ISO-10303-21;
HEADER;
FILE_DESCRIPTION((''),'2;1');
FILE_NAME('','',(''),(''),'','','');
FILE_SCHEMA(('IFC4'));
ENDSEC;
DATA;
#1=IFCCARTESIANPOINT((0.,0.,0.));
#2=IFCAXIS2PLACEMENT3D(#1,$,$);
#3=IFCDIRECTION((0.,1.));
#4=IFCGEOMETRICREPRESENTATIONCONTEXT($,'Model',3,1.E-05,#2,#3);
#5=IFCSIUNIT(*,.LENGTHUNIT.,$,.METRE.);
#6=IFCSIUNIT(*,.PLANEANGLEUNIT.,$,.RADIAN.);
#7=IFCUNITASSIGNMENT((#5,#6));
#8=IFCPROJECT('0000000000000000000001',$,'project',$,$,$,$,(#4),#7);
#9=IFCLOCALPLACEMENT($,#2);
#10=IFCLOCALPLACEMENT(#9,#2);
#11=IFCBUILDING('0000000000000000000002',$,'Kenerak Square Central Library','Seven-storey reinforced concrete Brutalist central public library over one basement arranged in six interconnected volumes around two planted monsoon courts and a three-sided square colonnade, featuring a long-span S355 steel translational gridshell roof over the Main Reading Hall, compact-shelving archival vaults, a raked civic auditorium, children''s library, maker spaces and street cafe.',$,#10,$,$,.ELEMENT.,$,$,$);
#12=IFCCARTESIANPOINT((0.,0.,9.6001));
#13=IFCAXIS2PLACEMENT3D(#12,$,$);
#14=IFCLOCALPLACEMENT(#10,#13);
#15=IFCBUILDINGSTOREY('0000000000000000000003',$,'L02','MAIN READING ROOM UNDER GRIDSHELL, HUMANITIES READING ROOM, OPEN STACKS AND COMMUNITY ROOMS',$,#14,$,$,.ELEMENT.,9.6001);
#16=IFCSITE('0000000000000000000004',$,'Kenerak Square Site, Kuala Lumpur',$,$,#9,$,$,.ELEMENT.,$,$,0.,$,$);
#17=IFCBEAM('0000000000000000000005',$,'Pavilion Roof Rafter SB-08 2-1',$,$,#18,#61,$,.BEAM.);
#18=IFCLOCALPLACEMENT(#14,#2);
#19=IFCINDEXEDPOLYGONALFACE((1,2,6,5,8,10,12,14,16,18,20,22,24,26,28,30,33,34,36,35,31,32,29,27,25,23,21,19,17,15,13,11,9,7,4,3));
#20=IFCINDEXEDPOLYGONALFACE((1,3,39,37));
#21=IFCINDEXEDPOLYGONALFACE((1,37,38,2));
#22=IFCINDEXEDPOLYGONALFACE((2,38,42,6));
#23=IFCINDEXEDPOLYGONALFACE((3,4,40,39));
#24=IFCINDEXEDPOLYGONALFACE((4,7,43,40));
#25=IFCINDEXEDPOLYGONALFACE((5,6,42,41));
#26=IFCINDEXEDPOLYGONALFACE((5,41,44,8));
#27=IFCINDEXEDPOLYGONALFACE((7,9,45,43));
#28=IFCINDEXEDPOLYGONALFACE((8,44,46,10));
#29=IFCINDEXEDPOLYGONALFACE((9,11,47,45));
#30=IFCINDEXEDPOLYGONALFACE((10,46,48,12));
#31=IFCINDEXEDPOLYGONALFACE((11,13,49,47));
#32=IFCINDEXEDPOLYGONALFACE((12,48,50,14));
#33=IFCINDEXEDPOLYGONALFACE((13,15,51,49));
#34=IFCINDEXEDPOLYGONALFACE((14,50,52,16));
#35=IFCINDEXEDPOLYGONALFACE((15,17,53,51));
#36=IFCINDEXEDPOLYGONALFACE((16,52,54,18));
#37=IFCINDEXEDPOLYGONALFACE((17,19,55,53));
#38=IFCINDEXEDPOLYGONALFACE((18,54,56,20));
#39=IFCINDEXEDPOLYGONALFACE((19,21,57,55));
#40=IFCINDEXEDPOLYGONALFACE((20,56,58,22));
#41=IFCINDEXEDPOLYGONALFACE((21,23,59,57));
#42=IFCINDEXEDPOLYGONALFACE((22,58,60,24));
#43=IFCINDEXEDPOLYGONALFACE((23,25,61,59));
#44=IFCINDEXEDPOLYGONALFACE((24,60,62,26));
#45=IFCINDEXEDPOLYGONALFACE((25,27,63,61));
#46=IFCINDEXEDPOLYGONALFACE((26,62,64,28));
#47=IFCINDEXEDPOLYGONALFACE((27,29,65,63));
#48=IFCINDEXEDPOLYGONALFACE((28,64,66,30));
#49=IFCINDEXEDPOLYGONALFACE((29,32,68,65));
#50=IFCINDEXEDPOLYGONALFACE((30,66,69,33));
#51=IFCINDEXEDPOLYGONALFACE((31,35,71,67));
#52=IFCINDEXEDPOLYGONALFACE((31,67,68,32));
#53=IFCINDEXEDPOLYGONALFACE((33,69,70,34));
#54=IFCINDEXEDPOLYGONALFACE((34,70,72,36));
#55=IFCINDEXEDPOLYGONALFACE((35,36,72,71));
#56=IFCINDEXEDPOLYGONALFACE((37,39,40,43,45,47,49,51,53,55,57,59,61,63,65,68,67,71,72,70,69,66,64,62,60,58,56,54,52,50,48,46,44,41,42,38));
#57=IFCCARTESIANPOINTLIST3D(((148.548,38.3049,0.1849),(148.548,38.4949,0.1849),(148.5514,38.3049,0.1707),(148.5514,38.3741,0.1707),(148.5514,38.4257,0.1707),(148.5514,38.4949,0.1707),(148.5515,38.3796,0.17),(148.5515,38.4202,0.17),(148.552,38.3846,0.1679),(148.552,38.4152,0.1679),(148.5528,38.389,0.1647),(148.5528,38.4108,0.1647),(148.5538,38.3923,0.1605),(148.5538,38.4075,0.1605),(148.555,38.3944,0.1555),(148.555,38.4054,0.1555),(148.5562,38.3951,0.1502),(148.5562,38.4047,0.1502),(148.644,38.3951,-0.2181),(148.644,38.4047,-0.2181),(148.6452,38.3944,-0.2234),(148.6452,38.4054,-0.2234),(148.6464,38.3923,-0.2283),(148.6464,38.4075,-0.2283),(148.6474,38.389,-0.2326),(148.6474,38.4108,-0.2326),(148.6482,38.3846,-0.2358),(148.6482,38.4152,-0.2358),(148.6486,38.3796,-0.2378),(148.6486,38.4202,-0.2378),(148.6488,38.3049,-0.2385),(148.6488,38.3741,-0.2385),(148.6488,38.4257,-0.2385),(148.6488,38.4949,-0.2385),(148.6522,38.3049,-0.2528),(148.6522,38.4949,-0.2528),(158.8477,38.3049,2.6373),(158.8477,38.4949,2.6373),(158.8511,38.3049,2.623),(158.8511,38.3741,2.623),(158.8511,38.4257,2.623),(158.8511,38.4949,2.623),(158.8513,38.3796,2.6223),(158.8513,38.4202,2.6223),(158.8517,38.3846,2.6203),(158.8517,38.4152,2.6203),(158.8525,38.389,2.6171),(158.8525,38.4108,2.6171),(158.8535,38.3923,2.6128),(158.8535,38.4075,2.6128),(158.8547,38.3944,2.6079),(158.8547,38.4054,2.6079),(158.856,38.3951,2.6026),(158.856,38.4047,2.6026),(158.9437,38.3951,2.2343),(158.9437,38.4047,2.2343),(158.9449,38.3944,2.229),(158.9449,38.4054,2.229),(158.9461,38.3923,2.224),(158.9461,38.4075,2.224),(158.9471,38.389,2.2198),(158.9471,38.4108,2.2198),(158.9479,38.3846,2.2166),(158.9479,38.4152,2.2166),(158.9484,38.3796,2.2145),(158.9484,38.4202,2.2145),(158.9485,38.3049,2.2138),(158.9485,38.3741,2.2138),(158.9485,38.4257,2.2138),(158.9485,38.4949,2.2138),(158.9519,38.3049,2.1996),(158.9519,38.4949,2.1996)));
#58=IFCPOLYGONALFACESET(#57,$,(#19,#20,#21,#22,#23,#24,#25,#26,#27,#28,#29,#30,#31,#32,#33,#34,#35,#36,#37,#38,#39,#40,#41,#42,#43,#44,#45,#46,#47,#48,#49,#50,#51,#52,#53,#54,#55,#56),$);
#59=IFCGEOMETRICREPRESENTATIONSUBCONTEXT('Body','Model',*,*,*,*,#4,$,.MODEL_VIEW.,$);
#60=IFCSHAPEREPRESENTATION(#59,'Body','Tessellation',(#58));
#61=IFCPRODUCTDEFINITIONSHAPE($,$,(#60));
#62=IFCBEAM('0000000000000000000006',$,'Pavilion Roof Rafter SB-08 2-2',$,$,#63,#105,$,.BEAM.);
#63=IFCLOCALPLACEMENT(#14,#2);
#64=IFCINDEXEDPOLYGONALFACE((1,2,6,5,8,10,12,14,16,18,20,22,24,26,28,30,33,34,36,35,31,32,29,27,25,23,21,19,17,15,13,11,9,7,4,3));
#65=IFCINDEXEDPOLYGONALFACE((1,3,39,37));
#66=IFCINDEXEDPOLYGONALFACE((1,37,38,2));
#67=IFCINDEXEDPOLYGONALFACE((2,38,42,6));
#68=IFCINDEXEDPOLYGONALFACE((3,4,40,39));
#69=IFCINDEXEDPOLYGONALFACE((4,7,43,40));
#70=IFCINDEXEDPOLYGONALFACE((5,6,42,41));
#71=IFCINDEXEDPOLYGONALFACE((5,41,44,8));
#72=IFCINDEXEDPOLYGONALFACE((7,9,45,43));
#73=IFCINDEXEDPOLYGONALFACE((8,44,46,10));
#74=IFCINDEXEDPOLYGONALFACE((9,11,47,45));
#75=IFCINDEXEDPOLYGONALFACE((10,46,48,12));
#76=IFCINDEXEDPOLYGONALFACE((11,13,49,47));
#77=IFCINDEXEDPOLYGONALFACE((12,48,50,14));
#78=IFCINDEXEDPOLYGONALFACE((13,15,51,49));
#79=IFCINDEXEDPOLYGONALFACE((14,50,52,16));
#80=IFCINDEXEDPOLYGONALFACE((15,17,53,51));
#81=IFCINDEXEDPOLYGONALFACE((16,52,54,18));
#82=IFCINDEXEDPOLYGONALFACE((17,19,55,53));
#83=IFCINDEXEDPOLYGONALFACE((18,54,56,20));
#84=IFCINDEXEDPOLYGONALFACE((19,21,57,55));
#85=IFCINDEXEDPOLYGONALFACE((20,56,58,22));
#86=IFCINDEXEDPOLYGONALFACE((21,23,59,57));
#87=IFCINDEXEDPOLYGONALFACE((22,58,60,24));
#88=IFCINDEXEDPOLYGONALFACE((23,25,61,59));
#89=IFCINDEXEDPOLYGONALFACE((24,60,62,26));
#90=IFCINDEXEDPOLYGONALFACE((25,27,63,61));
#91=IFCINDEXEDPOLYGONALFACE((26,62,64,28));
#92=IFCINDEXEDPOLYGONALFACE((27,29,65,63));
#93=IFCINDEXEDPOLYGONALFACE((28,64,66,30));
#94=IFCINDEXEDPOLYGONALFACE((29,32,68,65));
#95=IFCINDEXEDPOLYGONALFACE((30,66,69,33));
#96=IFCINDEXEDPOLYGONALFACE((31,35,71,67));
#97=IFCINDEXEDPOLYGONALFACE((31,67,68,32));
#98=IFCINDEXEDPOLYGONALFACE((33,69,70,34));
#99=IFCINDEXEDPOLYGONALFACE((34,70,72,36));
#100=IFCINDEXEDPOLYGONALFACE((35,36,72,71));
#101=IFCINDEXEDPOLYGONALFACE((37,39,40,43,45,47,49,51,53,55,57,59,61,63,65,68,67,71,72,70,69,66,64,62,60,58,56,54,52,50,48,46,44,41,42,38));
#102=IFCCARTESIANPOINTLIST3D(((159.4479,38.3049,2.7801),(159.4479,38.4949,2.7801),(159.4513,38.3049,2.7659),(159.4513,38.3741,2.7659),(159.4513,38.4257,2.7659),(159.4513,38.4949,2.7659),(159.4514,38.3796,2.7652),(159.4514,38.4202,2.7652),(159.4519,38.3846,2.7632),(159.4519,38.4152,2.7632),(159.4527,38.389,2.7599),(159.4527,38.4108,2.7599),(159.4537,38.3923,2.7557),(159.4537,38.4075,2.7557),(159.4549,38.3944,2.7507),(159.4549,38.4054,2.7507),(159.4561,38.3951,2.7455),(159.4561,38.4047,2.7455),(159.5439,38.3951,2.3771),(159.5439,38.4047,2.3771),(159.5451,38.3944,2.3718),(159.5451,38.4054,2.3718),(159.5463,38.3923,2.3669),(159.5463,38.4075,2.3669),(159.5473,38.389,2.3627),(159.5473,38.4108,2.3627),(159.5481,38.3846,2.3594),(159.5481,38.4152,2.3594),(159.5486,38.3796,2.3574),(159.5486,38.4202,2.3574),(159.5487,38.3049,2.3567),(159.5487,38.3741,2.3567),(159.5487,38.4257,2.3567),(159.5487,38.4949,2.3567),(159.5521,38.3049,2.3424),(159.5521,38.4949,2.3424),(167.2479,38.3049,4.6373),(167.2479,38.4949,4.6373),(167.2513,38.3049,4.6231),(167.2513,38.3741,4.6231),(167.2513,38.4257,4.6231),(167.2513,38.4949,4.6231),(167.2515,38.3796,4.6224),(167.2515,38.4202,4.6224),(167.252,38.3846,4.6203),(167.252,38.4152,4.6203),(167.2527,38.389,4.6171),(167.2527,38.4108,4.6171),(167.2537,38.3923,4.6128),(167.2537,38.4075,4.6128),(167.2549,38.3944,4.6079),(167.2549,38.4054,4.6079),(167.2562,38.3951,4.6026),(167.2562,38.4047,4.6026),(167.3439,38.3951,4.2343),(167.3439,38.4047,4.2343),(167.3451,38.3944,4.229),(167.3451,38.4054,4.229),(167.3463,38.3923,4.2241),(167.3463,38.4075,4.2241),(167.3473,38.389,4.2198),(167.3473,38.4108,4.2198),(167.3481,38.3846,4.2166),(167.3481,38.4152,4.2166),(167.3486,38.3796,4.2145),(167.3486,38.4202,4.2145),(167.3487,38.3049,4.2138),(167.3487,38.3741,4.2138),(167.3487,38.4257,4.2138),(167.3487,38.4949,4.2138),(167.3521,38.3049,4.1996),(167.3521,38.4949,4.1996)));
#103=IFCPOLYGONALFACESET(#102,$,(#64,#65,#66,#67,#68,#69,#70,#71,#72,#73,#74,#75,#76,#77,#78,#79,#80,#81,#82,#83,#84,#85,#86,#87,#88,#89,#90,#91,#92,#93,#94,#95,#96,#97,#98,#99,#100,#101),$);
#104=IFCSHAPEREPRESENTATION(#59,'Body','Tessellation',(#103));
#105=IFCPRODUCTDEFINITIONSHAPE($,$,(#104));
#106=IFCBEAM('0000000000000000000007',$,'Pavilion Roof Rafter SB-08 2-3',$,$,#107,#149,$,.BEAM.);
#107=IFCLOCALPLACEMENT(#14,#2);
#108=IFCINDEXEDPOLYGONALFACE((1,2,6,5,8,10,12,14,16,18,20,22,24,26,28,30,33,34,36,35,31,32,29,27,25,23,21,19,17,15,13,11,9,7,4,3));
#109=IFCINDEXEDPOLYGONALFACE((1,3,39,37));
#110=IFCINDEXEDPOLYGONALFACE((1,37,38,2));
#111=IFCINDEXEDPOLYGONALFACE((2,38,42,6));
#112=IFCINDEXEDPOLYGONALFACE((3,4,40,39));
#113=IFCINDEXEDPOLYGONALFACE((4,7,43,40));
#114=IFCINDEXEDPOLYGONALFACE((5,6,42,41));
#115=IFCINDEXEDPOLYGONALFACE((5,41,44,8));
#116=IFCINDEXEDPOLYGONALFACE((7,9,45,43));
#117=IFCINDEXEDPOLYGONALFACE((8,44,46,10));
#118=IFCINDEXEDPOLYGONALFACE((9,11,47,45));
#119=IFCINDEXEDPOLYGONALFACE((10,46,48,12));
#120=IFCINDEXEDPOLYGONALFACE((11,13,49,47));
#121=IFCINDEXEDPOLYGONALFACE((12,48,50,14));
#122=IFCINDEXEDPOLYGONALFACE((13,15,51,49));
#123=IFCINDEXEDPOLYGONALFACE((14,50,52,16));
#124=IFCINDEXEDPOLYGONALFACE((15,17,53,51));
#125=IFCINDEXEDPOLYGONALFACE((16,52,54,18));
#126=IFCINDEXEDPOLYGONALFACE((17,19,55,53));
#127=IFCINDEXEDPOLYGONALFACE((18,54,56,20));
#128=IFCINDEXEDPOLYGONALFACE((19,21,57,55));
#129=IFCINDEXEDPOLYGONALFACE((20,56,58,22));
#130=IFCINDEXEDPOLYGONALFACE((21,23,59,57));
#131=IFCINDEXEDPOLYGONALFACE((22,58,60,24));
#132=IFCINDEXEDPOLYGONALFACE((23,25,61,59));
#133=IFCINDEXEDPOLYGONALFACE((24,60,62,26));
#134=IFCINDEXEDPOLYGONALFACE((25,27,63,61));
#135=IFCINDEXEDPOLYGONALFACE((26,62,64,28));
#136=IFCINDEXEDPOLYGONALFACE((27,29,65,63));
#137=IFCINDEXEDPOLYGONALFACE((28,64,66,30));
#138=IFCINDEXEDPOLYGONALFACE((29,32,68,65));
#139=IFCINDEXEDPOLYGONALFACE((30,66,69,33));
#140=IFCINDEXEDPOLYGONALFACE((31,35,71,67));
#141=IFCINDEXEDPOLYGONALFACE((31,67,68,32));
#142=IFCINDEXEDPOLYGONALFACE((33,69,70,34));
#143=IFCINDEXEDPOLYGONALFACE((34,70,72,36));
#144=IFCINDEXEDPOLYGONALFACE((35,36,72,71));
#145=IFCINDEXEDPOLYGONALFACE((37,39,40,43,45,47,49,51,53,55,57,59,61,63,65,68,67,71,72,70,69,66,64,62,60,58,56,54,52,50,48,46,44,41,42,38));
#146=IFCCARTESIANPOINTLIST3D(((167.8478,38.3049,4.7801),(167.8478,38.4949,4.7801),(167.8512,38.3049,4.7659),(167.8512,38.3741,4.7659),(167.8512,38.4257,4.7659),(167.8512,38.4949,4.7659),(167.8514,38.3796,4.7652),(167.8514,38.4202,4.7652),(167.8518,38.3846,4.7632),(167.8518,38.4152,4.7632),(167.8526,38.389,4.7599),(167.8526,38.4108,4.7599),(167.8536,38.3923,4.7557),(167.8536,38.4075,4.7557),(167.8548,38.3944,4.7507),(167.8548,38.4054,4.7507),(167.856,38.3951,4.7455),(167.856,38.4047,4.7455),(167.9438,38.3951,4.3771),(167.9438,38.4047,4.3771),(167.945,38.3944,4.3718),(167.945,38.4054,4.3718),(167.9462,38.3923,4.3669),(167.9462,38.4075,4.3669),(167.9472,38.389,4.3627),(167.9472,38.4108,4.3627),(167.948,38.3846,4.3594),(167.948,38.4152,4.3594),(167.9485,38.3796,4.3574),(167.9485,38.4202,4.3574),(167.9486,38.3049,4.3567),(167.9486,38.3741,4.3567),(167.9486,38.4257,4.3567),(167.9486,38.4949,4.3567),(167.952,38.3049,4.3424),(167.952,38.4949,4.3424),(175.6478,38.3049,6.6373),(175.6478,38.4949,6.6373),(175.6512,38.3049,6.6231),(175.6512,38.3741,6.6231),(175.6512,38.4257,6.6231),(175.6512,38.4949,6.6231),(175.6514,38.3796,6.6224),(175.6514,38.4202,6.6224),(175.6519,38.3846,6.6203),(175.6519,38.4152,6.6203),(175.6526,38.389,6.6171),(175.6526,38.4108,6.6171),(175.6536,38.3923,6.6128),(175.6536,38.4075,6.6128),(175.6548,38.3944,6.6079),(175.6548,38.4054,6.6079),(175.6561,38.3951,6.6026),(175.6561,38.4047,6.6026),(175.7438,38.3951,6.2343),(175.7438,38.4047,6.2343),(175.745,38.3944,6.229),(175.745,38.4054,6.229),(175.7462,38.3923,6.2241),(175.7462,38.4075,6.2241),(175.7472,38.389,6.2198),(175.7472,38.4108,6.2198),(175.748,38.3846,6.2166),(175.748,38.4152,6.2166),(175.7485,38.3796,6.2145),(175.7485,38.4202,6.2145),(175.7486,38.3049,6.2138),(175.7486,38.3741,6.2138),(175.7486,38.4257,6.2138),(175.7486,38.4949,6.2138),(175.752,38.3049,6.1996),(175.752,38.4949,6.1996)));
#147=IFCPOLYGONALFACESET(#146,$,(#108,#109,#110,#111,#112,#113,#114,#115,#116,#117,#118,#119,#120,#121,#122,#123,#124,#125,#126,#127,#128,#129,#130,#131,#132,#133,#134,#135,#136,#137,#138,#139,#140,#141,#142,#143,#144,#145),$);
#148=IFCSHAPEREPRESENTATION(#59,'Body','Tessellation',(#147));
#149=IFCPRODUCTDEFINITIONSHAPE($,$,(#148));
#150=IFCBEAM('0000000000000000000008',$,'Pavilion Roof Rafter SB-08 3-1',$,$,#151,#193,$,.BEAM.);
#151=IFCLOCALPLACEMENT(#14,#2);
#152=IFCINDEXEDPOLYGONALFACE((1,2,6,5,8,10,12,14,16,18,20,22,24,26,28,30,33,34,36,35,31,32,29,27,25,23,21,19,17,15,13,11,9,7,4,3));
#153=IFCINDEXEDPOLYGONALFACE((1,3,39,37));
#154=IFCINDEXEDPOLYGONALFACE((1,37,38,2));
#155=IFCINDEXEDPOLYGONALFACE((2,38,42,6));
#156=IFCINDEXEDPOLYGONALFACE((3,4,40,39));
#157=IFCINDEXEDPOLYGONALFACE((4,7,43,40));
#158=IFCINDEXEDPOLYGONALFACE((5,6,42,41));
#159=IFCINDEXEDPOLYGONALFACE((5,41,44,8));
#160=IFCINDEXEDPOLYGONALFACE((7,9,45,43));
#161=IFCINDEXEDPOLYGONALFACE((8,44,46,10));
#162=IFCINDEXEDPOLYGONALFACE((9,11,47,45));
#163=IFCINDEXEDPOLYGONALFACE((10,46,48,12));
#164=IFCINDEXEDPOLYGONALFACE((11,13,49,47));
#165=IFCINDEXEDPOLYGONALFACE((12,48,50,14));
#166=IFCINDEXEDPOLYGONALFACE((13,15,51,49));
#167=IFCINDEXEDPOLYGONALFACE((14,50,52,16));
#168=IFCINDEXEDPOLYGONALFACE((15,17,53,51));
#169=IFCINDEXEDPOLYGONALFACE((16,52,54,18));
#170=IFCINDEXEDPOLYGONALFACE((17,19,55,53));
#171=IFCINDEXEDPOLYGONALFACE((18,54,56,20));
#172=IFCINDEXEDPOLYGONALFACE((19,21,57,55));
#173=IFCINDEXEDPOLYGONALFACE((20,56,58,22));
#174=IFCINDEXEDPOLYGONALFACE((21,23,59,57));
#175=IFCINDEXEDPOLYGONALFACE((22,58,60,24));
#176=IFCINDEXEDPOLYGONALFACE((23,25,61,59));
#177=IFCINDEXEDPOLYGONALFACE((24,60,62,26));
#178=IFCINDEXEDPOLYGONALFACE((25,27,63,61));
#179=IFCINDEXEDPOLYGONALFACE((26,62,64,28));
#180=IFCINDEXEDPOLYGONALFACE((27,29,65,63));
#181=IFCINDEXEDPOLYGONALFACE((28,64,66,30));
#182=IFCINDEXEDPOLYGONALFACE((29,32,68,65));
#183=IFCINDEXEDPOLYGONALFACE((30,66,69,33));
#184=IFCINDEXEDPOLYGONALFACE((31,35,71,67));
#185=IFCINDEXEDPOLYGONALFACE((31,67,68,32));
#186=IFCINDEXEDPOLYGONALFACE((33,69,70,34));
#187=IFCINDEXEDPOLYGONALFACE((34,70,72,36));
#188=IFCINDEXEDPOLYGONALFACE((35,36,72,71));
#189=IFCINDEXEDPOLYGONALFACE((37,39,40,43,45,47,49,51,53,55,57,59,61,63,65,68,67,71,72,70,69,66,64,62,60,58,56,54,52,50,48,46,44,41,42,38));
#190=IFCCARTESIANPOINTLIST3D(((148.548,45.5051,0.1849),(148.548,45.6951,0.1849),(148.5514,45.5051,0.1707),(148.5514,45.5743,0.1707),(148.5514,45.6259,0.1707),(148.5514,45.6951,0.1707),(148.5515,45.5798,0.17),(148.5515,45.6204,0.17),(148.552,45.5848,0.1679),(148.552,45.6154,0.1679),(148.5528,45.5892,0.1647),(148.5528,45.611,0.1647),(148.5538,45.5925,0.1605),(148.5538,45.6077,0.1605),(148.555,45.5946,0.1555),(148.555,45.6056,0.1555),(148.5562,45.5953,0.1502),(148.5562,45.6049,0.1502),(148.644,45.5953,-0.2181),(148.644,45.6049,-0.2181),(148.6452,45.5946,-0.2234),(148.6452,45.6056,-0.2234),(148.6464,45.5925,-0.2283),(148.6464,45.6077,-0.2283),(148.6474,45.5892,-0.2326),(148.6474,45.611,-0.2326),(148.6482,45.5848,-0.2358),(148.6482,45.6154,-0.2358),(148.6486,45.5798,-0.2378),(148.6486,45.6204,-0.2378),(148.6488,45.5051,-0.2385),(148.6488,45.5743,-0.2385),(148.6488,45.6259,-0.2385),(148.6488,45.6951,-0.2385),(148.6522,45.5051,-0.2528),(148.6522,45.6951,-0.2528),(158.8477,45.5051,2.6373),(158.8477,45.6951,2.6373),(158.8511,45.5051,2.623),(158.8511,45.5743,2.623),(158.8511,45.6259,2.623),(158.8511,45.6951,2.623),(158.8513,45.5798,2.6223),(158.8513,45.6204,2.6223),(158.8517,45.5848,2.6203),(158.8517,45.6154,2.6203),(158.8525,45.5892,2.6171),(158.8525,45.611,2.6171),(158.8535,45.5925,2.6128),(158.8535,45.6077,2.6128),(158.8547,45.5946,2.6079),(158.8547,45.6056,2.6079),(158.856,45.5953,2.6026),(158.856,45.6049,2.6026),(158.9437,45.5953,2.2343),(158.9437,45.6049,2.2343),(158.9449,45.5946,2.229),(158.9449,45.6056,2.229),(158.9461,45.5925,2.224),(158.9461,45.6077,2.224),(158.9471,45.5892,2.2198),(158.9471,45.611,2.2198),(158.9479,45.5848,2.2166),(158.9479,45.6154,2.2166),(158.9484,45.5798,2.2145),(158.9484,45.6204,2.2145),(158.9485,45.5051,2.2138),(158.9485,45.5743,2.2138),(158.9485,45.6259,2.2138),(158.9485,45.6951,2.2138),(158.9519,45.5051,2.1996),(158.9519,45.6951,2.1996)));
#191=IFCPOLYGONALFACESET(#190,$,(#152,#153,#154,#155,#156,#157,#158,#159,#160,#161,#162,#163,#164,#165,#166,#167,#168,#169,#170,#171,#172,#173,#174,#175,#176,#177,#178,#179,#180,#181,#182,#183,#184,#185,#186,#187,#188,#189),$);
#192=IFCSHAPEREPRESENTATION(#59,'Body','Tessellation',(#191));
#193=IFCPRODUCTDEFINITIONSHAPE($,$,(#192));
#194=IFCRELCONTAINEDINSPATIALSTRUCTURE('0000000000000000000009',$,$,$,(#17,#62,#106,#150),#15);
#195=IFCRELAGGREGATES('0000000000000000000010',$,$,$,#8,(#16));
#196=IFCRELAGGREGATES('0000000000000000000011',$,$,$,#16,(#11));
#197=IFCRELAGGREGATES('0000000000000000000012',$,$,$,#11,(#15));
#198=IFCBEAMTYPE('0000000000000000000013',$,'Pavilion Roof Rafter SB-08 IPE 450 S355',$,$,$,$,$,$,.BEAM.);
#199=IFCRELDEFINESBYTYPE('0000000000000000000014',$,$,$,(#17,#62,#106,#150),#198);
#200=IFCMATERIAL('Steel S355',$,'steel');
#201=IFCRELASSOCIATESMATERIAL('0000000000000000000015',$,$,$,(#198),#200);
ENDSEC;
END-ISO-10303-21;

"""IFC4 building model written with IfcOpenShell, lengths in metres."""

from ifc_helpers import new_model, si_unit, direction, frame, origin, origin_2d, place, context, subcontext, project, spatial, i_section, extrude, material, material_profile, profile_set, type_object, element, save


model = new_model("IFC4")

# Units and contexts
model_context = context("Model", 3, precision=1e-05, world=origin(), true_north=direction((0.0, 1.0)))
body_context = subcontext(model_context, "Body", "Model", "MODEL_VIEW")
ifc_project = project(units=[si_unit("LENGTHUNIT", "METRE"), si_unit("PLANEANGLEUNIT", "RADIAN")], contexts=[model_context])

# Site, building, storey
site_placement = place(None, origin())
site = spatial("IfcSite", under=ifc_project, at=site_placement, Name="Kenerak Square Site, Kuala Lumpur", CompositionType="ELEMENT", RefElevation=0.0)
building_placement = place(site_placement, origin())
building = spatial("IfcBuilding", under=site, at=building_placement, Name="Kenerak Square Central Library", Description="Seven-storey reinforced concrete Brutalist central public library over one basement arranged in six interconnected volumes around two planted monsoon courts and a three-sided square colonnade, featuring a long-span S355 steel translational gridshell roof over the Main Reading Hall, compact-shelving archival vaults, a raked civic auditorium, children's library, maker spaces and street cafe.", CompositionType="ELEMENT")
storey_placement = place(building_placement, frame((0.0, 0.0, 9.6001)))
storey = spatial("IfcBuildingStorey", under=building, at=storey_placement, Name="L02", Description="MAIN READING ROOM UNDER GRIDSHELL, HUMANITIES READING ROOM, OPEN STACKS AND COMMUNITY ROOMS", CompositionType="ELEMENT", Elevation=9.6001)

# Shared definitions
ifc_material_1 = material(Name="Steel S355", Category="steel")

# Beams
ifc_material_profile_1 = material_profile(ifc_material_1, i_section(OverallWidth=0.1899, OverallDepth=0.45, WebThickness=0.0095, FlangeThickness=0.0146, FilletRadius=0.021, at=origin_2d()), Name="IPE 450")
ifc_profile_set_1 = profile_set([ifc_material_profile_1], Name="Steel S355")
beam_type = type_object("IfcBeamType", Name="Pavilion Roof Rafter SB-08 IPE 450 S355", PredefinedType="BEAM", material=ifc_profile_set_1)
beam_1_placement = place(storey_placement, frame((148.6001, 38.3999, -0.0339), z_axis=(0.972805, 0.0, 0.231626), x_axis=(0.0, 1.0, 0.0)))
element("IfcBeam", 1, at=beam_1_placement, inside=storey, type_object=beam_type, Name="Pavilion Roof Rafter SB-08 2-1", PredefinedType="BEAM", context=body_context, shape_type="SweptSolid", body=[
    extrude(i_section(OverallWidth=0.1899, OverallDepth=0.45, WebThickness=0.0095, FlangeThickness=0.0146, FilletRadius=0.021, at=origin_2d()), origin(), (0.0, 0.0, 1.0), 10.5876),
])
for number, where, z_axis, x_axis, name in (
    (2, (159.5, 38.3999, 2.5613), (0.972806, 0.0, 0.231623), (0.0, 1.0, 0.0), "Pavilion Roof Rafter SB-08 2-2"),
    (3, (167.8999, 38.3999, 4.5613), (0.972806, 0.0, 0.231623), (0.0, 1.0, 0.0), "Pavilion Roof Rafter SB-08 2-3"),
):
    element("IfcBeam", number, at=place(storey_placement, frame(where, z_axis=z_axis, x_axis=x_axis)), inside=storey, type_object=beam_type, Name=name, PredefinedType="BEAM", context=body_context, shape_type="SweptSolid", body=[
        extrude(i_section(OverallWidth=0.1899, OverallDepth=0.45, WebThickness=0.0095, FlangeThickness=0.0146, FilletRadius=0.021, at=origin_2d()), origin(), (0.0, 0.0, 1.0), 8.0181),
    ])
beam_2_placement = place(storey_placement, frame((148.6001, 45.6001, -0.0339), z_axis=(0.972805, 0.0, 0.231626), x_axis=(0.0, 1.0, 0.0)))
element("IfcBeam", 4, at=beam_2_placement, inside=storey, type_object=beam_type, Name="Pavilion Roof Rafter SB-08 3-1", PredefinedType="BEAM", context=body_context, shape_type="SweptSolid", body=[
    extrude(i_section(OverallWidth=0.1899, OverallDepth=0.45, WebThickness=0.0095, FlangeThickness=0.0146, FilletRadius=0.021, at=origin_2d()), origin(), (0.0, 0.0, 1.0), 10.5876),
])

save(model, "model.ifc")
